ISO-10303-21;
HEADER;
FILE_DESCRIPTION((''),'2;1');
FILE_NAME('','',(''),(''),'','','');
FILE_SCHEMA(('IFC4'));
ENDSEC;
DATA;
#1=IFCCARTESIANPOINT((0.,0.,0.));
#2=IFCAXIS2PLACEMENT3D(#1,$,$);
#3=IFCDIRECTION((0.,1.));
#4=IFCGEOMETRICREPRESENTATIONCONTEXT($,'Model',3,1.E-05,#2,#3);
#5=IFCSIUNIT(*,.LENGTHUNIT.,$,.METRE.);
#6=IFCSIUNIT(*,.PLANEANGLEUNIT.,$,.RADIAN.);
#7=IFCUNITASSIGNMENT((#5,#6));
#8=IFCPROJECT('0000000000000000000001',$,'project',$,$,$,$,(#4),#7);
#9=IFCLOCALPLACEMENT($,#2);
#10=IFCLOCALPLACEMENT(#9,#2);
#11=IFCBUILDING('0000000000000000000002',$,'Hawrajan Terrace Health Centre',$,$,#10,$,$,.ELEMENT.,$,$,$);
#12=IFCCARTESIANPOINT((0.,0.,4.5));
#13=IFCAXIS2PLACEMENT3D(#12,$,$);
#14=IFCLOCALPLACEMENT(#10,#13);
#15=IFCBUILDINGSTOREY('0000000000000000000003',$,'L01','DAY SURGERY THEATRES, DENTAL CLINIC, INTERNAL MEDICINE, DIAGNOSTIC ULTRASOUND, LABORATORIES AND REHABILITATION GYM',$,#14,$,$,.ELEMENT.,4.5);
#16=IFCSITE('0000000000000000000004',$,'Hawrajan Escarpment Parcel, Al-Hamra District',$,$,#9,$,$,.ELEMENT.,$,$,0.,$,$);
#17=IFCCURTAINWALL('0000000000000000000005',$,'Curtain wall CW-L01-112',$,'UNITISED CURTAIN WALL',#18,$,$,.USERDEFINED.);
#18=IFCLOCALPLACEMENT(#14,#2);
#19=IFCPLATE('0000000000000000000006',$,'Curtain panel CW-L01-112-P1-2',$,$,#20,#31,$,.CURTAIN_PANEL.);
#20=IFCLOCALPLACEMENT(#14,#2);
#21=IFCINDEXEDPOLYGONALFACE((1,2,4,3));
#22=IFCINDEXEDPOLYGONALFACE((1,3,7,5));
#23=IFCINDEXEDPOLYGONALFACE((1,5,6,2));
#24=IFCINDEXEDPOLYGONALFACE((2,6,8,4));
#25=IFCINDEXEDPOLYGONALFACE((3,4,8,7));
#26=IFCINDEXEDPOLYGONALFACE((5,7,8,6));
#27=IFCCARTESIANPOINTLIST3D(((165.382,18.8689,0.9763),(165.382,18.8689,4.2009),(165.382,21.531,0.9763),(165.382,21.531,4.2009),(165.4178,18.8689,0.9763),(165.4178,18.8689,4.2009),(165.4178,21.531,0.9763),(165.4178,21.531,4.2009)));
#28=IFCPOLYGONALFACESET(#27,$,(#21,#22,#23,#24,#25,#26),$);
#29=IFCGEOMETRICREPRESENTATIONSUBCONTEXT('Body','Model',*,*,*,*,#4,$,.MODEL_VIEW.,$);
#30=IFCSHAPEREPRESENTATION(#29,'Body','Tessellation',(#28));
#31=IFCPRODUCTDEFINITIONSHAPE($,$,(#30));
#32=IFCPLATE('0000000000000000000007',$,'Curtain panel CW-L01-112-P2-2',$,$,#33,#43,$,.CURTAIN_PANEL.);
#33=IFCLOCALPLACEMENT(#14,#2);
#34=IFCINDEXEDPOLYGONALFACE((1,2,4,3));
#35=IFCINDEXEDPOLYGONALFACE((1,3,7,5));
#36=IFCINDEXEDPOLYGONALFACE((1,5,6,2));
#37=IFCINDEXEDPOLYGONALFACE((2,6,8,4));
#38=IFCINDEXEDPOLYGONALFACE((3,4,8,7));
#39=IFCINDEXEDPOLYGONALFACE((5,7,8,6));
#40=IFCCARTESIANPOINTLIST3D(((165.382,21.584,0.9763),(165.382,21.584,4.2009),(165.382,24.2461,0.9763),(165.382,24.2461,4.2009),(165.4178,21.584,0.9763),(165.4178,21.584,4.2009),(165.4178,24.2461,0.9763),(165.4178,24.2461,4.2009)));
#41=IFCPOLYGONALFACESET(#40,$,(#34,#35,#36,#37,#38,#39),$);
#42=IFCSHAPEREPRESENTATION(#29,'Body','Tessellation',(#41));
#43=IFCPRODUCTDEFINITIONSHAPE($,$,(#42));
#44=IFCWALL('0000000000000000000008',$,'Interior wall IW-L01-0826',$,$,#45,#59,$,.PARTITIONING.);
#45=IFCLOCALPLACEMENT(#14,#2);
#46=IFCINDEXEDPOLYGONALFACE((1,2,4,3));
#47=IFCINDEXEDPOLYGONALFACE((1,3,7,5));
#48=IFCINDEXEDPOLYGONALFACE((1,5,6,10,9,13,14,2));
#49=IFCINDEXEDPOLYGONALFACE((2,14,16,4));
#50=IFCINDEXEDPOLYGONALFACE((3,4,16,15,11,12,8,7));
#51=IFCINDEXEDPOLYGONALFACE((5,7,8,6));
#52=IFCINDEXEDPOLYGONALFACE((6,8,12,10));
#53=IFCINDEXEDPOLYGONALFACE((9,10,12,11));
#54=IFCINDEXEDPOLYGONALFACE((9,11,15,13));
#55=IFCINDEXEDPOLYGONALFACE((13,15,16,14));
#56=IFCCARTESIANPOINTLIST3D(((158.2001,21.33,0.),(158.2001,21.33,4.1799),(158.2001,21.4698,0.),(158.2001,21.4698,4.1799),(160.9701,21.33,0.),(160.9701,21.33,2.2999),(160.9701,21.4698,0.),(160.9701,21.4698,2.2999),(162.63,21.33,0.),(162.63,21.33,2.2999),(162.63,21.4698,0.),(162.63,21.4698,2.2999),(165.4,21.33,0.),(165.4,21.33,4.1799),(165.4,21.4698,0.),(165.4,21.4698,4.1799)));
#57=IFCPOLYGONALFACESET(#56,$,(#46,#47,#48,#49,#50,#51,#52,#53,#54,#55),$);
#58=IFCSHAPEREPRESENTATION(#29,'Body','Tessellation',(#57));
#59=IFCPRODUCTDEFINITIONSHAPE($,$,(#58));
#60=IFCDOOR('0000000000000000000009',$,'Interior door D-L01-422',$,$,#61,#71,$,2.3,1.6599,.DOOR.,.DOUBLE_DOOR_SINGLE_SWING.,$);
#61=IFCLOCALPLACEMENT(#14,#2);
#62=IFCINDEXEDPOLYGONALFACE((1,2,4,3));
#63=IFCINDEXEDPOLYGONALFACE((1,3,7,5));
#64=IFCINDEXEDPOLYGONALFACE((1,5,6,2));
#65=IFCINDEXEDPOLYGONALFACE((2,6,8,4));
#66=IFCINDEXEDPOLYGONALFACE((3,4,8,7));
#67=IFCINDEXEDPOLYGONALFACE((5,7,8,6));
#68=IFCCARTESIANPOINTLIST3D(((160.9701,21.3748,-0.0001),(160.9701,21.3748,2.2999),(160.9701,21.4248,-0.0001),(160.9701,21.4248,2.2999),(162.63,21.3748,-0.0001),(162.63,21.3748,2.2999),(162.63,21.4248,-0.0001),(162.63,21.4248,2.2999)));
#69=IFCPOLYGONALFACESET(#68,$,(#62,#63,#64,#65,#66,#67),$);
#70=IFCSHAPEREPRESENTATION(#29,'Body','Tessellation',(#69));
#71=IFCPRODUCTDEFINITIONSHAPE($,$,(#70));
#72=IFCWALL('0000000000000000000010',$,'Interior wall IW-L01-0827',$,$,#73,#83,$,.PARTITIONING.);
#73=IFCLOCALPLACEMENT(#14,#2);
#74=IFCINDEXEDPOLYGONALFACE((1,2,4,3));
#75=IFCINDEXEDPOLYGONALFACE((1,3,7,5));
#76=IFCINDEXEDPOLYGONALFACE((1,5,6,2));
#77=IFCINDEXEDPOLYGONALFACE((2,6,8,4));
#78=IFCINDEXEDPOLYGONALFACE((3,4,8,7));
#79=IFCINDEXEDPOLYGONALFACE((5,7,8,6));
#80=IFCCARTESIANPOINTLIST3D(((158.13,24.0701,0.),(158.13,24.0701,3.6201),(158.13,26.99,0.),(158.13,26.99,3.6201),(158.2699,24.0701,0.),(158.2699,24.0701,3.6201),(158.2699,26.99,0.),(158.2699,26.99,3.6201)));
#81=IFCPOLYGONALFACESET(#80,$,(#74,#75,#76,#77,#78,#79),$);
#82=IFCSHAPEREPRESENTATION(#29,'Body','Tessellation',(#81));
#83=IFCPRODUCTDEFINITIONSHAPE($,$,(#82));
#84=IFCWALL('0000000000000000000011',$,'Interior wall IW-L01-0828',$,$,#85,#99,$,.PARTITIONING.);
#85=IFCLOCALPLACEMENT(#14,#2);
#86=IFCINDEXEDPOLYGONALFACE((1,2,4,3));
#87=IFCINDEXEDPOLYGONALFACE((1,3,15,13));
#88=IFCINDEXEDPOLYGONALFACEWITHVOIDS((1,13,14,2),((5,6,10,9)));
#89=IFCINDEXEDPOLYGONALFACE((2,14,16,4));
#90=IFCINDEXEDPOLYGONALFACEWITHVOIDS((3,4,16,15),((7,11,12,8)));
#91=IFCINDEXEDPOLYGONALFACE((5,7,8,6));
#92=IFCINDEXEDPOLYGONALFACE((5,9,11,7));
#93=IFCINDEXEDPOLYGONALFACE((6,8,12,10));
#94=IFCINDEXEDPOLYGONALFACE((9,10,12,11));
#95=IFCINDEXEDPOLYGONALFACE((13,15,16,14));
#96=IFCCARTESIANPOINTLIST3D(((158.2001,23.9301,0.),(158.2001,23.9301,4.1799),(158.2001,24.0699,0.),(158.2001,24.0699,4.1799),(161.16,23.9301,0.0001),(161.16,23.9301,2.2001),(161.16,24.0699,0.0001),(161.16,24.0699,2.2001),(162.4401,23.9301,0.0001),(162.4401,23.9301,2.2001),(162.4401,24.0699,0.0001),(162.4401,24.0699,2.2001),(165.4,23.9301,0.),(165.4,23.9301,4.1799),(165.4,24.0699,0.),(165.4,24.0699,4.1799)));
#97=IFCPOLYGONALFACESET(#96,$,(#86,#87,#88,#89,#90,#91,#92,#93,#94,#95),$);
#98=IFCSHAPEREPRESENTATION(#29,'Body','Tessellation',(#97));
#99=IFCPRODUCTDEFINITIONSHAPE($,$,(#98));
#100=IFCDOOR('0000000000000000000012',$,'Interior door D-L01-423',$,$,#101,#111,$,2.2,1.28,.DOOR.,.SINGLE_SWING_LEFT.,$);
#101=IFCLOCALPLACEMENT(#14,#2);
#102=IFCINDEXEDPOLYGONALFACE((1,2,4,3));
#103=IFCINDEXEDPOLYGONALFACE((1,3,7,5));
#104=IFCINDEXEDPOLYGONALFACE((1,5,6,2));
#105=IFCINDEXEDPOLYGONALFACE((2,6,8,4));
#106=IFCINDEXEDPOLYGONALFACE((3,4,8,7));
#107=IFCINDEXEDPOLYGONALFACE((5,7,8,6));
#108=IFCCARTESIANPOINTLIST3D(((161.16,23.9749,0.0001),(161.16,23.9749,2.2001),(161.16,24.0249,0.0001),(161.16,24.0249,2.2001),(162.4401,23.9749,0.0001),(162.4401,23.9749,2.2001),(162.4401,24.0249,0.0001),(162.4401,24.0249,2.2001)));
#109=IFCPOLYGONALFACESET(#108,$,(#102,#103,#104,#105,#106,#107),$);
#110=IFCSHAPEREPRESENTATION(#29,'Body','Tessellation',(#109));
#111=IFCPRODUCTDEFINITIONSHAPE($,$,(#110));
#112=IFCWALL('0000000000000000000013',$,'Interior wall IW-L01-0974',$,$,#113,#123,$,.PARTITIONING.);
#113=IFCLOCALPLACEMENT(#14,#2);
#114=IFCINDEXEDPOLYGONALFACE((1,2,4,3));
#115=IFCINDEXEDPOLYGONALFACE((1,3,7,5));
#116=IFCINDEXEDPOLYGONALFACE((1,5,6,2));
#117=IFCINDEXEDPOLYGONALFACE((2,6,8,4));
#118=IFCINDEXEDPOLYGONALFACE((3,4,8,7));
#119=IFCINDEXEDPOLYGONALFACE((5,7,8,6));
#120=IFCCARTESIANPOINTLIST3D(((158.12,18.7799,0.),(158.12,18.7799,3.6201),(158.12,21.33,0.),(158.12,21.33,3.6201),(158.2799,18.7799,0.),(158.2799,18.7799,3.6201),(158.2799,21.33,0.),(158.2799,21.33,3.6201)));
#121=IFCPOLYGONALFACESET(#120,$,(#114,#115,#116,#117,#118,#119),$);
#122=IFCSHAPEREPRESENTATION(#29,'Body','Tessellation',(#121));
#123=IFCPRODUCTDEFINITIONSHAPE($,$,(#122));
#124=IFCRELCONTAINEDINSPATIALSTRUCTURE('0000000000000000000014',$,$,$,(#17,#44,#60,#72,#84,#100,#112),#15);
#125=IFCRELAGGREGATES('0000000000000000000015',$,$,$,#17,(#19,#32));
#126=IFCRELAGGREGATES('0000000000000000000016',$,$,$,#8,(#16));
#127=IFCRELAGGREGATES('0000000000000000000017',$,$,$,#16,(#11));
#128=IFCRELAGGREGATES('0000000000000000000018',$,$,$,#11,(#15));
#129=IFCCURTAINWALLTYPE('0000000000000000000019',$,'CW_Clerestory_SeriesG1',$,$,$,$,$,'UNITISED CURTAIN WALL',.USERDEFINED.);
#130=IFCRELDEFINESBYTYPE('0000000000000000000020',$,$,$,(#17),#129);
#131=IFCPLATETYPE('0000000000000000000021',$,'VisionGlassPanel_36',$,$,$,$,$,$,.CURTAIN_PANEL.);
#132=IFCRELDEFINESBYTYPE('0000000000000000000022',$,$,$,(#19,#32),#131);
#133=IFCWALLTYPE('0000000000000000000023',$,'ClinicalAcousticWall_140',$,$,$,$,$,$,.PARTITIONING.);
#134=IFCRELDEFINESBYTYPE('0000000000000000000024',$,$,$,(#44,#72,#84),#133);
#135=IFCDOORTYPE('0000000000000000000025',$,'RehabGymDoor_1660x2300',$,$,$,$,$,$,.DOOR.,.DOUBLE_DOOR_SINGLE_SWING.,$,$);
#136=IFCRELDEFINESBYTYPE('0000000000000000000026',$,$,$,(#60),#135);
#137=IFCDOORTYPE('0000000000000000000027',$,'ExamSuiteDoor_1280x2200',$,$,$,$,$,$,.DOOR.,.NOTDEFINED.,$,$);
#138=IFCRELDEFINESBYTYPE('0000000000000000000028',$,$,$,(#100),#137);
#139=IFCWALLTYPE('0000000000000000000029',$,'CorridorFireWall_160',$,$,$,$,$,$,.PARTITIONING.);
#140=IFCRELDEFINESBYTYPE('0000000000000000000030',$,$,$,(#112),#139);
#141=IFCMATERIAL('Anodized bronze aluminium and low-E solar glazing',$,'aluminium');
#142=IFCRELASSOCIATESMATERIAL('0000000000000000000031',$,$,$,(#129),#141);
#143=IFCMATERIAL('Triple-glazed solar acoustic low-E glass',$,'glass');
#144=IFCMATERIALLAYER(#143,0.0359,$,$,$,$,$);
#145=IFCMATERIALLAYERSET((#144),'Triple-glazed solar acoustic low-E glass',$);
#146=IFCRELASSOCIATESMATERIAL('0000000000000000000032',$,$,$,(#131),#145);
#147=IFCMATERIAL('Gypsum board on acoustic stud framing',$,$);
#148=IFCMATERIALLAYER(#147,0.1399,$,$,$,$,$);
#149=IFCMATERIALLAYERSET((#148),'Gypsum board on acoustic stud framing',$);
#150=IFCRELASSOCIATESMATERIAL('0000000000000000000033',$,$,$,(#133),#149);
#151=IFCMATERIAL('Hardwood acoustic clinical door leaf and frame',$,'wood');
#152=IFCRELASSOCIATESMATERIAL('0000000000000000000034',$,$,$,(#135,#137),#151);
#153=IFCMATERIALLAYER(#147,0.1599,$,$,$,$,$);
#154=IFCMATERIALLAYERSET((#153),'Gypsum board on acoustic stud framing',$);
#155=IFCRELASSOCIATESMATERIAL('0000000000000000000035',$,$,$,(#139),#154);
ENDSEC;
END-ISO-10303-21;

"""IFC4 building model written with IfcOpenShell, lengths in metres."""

from ifc_helpers import new_model, si_unit, direction, frame, frame_2d, origin, origin_2d, place, context, subcontext, project, spatial, rectangle, extrude, material, layer, layer_set, type_object, element, fill, aggregate, save


model = new_model("IFC4")

# Units and contexts
model_context = context("Model", 3, precision=1e-05, world=origin(), true_north=direction((0.0, 1.0)))
body_context = subcontext(model_context, "Body", "Model", "MODEL_VIEW")
ifc_project = project(units=[si_unit("LENGTHUNIT", "METRE"), si_unit("PLANEANGLEUNIT", "RADIAN")], contexts=[model_context])

# Site, building, storey
site_placement = place(None, origin())
site = spatial("IfcSite", under=ifc_project, at=site_placement, Name="Hawrajan Escarpment Parcel, Al-Hamra District", CompositionType="ELEMENT", RefElevation=0.0)
building_placement = place(site_placement, origin())
building = spatial("IfcBuilding", under=site, at=building_placement, Name="Hawrajan Terrace Health Centre", CompositionType="ELEMENT")
storey_placement = place(building_placement, frame((0.0, 0.0, 4.5)))
storey = spatial("IfcBuildingStorey", under=building, at=storey_placement, Name="L01", Description="DAY SURGERY THEATRES, DENTAL CLINIC, INTERNAL MEDICINE, DIAGNOSTIC ULTRASOUND, LABORATORIES AND REHABILITATION GYM", CompositionType="ELEMENT", Elevation=4.5)

# Curtain wall
ifc_material_1 = material(Name="Anodized bronze aluminium and low-E solar glazing", Category="aluminium")
curtain_wall_type = type_object("IfcCurtainWallType", Name="CW_Clerestory_SeriesG1", ElementType="UNITISED CURTAIN WALL", PredefinedType="USERDEFINED", material=ifc_material_1)
curtain_wall_placement = place(storey_placement, origin())
curtain_wall = element("IfcCurtainWall", 1, at=curtain_wall_placement, inside=storey, type_object=curtain_wall_type, Name="Curtain wall CW-L01-112", ObjectType="UNITISED CURTAIN WALL", PredefinedType="USERDEFINED")

# Plates
ifc_material_2 = material(Name="Triple-glazed solar acoustic low-E glass", Category="glass")
ifc_layer_1 = layer(ifc_material_2, 0.0359)
ifc_layer_set_1 = layer_set([ifc_layer_1], Name="Triple-glazed solar acoustic low-E glass")
plate_type_1 = type_object("IfcPlateType", Name="VisionGlassPanel_36", PredefinedType="CURTAIN_PANEL", material=ifc_layer_set_1)
plate_1_placement = place(storey_placement, frame((165.3999, 20.2, 0.9763), z_axis=(0.0, 0.0, 1.0), x_axis=(0.0, 1.0, 0.0)))
plate_1 = element("IfcPlate", 2, at=plate_1_placement, type_object=plate_type_1, Name="Curtain panel CW-L01-112-P1-2", PredefinedType="CURTAIN_PANEL", context=body_context, shape_type="SweptSolid", body=[
    extrude(rectangle(XDim=2.6621, YDim=0.0359, at=origin_2d()), origin(), (0.0, 0.0, 1.0), 3.2246),
])
plate_2_placement = place(storey_placement, frame((165.3999, 22.915, 0.9763), z_axis=(0.0, 0.0, 1.0), x_axis=(0.0, 1.0, 0.0)))
plate_2 = element("IfcPlate", 3, at=plate_2_placement, type_object=plate_type_1, Name="Curtain panel CW-L01-112-P2-2", PredefinedType="CURTAIN_PANEL", context=body_context, shape_type="SweptSolid", body=[
    extrude(rectangle(XDim=2.6621, YDim=0.0359, at=origin_2d()), origin(), (0.0, 0.0, 1.0), 3.2246),
])
aggregate(curtain_wall, [plate_1, plate_2])

# Wall, opening, door
ifc_material_3 = material(Name="Gypsum board on acoustic stud framing")
ifc_layer_2 = layer(ifc_material_3, 0.1399)
ifc_layer_set_2 = layer_set([ifc_layer_2], Name="Gypsum board on acoustic stud framing")
wall_type_1 = type_object("IfcWallType", Name="ClinicalAcousticWall_140", PredefinedType="PARTITIONING", material=ifc_layer_set_2)
wall_1_placement = place(storey_placement, frame((158.2, 21.3999, 0.0), z_axis=(0.0, 0.0, 1.0), x_axis=(1.0, 0.0, 0.0)))
wall_1 = element("IfcWall", 4, at=wall_1_placement, inside=storey, type_object=wall_type_1, Name="Interior wall IW-L01-0826", PredefinedType="PARTITIONING", context=body_context, shape_type="SweptSolid", body=[
    extrude(rectangle(XDim=7.2, YDim=0.1399, at=frame_2d((3.6001, 0.0))), origin(), (0.0, 0.0, 1.0), 4.1799),
])
opening_1_placement = place(wall_1_placement, frame((2.77, 0.0, 0.0)))
opening_1 = element("IfcOpeningElement", 5, at=opening_1_placement, cuts=wall_1, PredefinedType="OPENING", context=body_context, shape_type="SweptSolid", body=[
    extrude(rectangle(XDim=1.6599, YDim=2.3, at=frame_2d((0.8301, 1.1499))), frame((0.0, 0.0798, 0.0), z_axis=(0.0, -1.0, 0.0), x_axis=(1.0, 0.0, 0.0)), (0.0, 0.0, 1.0), 0.1599),
])
ifc_material_4 = material(Name="Hardwood acoustic clinical door leaf and frame", Category="wood")
door_type_1 = type_object("IfcDoorType", Name="RehabGymDoor_1660x2300", OperationType="DOUBLE_DOOR_SINGLE_SWING", PredefinedType="DOOR", material=ifc_material_4)
door_1_placement = place(opening_1_placement, origin())
door_1 = element("IfcDoor", 6, at=door_1_placement, inside=storey, type_object=door_type_1, Name="Interior door D-L01-422", OperationType="DOUBLE_DOOR_SINGLE_SWING", OverallHeight=2.3, OverallWidth=1.6599, PredefinedType="DOOR", context=body_context, shape_type="SweptSolid", body=[
    extrude(rectangle(XDim=1.6599, YDim=2.3, at=frame_2d((0.8301, 1.1499))), frame((0.0, 0.0249, 0.0), z_axis=(0.0, -1.0, 0.0), x_axis=(1.0, 0.0, 0.0)), (0.0, 0.0, 1.0), 0.05),
])
fill(opening_1, door_1)

# Wall
wall_2_placement = place(storey_placement, frame((158.2, 24.0701, 0.0), z_axis=(0.0, 0.0, 1.0), x_axis=(0.0, 1.0, 0.0)))
element("IfcWall", 7, at=wall_2_placement, inside=storey, type_object=wall_type_1, Name="Interior wall IW-L01-0827", PredefinedType="PARTITIONING", context=body_context, shape_type="SweptSolid", body=[
    extrude(rectangle(XDim=2.9199, YDim=0.1399, at=frame_2d((1.46, 0.0))), origin(), (0.0, 0.0, 1.0), 3.6201),
])

# Wall, opening, door
wall_3_placement = place(storey_placement, frame((158.2, 24.0, 0.0), z_axis=(0.0, 0.0, 1.0), x_axis=(1.0, 0.0, 0.0)))
wall_3 = element("IfcWall", 8, at=wall_3_placement, inside=storey, type_object=wall_type_1, Name="Interior wall IW-L01-0828", PredefinedType="PARTITIONING", context=body_context, shape_type="SweptSolid", body=[
    extrude(rectangle(XDim=7.2, YDim=0.1399, at=frame_2d((3.6001, 0.0))), origin(), (0.0, 0.0, 1.0), 4.1799),
])
opening_2_placement = place(wall_3_placement, frame((2.96, 0.0, 0.0)))
opening_2 = element("IfcOpeningElement", 9, at=opening_2_placement, cuts=wall_3, PredefinedType="OPENING", context=body_context, shape_type="SweptSolid", body=[
    extrude(rectangle(XDim=1.28, YDim=2.2, at=frame_2d((0.6401, 1.1001))), frame((0.0, 0.0798, 0.0), z_axis=(0.0, -1.0, 0.0), x_axis=(1.0, 0.0, 0.0)), (0.0, 0.0, 1.0), 0.1599),
])
door_type_2 = type_object("IfcDoorType", Name="ExamSuiteDoor_1280x2200", OperationType="NOTDEFINED", PredefinedType="DOOR", material=ifc_material_4)
door_2_placement = place(opening_2_placement, origin())
door_2 = element("IfcDoor", 10, at=door_2_placement, inside=storey, type_object=door_type_2, Name="Interior door D-L01-423", OperationType="SINGLE_SWING_LEFT", OverallHeight=2.2, OverallWidth=1.28, PredefinedType="DOOR", context=body_context, shape_type="SweptSolid", body=[
    extrude(rectangle(XDim=1.28, YDim=2.2, at=frame_2d((0.6401, 1.1001))), frame((0.0, 0.0249, 0.0), z_axis=(0.0, -1.0, 0.0), x_axis=(1.0, 0.0, 0.0)), (0.0, 0.0, 1.0), 0.05),
])
fill(opening_2, door_2)

# Wall
ifc_layer_3 = layer(ifc_material_3, 0.1599)
ifc_layer_set_3 = layer_set([ifc_layer_3], Name="Gypsum board on acoustic stud framing")
wall_type_2 = type_object("IfcWallType", Name="CorridorFireWall_160", PredefinedType="PARTITIONING", material=ifc_layer_set_3)
wall_4_placement = place(storey_placement, frame((158.2, 18.78, 0.0), z_axis=(0.0, 0.0, 1.0), x_axis=(0.0, 1.0, 0.0)))
element("IfcWall", 11, at=wall_4_placement, inside=storey, type_object=wall_type_2, Name="Interior wall IW-L01-0974", PredefinedType="PARTITIONING", context=body_context, shape_type="SweptSolid", body=[
    extrude(rectangle(XDim=2.55, YDim=0.1599, at=frame_2d((1.2749, 0.0))), origin(), (0.0, 0.0, 1.0), 3.6201),
])

save(model, "model.ifc")
